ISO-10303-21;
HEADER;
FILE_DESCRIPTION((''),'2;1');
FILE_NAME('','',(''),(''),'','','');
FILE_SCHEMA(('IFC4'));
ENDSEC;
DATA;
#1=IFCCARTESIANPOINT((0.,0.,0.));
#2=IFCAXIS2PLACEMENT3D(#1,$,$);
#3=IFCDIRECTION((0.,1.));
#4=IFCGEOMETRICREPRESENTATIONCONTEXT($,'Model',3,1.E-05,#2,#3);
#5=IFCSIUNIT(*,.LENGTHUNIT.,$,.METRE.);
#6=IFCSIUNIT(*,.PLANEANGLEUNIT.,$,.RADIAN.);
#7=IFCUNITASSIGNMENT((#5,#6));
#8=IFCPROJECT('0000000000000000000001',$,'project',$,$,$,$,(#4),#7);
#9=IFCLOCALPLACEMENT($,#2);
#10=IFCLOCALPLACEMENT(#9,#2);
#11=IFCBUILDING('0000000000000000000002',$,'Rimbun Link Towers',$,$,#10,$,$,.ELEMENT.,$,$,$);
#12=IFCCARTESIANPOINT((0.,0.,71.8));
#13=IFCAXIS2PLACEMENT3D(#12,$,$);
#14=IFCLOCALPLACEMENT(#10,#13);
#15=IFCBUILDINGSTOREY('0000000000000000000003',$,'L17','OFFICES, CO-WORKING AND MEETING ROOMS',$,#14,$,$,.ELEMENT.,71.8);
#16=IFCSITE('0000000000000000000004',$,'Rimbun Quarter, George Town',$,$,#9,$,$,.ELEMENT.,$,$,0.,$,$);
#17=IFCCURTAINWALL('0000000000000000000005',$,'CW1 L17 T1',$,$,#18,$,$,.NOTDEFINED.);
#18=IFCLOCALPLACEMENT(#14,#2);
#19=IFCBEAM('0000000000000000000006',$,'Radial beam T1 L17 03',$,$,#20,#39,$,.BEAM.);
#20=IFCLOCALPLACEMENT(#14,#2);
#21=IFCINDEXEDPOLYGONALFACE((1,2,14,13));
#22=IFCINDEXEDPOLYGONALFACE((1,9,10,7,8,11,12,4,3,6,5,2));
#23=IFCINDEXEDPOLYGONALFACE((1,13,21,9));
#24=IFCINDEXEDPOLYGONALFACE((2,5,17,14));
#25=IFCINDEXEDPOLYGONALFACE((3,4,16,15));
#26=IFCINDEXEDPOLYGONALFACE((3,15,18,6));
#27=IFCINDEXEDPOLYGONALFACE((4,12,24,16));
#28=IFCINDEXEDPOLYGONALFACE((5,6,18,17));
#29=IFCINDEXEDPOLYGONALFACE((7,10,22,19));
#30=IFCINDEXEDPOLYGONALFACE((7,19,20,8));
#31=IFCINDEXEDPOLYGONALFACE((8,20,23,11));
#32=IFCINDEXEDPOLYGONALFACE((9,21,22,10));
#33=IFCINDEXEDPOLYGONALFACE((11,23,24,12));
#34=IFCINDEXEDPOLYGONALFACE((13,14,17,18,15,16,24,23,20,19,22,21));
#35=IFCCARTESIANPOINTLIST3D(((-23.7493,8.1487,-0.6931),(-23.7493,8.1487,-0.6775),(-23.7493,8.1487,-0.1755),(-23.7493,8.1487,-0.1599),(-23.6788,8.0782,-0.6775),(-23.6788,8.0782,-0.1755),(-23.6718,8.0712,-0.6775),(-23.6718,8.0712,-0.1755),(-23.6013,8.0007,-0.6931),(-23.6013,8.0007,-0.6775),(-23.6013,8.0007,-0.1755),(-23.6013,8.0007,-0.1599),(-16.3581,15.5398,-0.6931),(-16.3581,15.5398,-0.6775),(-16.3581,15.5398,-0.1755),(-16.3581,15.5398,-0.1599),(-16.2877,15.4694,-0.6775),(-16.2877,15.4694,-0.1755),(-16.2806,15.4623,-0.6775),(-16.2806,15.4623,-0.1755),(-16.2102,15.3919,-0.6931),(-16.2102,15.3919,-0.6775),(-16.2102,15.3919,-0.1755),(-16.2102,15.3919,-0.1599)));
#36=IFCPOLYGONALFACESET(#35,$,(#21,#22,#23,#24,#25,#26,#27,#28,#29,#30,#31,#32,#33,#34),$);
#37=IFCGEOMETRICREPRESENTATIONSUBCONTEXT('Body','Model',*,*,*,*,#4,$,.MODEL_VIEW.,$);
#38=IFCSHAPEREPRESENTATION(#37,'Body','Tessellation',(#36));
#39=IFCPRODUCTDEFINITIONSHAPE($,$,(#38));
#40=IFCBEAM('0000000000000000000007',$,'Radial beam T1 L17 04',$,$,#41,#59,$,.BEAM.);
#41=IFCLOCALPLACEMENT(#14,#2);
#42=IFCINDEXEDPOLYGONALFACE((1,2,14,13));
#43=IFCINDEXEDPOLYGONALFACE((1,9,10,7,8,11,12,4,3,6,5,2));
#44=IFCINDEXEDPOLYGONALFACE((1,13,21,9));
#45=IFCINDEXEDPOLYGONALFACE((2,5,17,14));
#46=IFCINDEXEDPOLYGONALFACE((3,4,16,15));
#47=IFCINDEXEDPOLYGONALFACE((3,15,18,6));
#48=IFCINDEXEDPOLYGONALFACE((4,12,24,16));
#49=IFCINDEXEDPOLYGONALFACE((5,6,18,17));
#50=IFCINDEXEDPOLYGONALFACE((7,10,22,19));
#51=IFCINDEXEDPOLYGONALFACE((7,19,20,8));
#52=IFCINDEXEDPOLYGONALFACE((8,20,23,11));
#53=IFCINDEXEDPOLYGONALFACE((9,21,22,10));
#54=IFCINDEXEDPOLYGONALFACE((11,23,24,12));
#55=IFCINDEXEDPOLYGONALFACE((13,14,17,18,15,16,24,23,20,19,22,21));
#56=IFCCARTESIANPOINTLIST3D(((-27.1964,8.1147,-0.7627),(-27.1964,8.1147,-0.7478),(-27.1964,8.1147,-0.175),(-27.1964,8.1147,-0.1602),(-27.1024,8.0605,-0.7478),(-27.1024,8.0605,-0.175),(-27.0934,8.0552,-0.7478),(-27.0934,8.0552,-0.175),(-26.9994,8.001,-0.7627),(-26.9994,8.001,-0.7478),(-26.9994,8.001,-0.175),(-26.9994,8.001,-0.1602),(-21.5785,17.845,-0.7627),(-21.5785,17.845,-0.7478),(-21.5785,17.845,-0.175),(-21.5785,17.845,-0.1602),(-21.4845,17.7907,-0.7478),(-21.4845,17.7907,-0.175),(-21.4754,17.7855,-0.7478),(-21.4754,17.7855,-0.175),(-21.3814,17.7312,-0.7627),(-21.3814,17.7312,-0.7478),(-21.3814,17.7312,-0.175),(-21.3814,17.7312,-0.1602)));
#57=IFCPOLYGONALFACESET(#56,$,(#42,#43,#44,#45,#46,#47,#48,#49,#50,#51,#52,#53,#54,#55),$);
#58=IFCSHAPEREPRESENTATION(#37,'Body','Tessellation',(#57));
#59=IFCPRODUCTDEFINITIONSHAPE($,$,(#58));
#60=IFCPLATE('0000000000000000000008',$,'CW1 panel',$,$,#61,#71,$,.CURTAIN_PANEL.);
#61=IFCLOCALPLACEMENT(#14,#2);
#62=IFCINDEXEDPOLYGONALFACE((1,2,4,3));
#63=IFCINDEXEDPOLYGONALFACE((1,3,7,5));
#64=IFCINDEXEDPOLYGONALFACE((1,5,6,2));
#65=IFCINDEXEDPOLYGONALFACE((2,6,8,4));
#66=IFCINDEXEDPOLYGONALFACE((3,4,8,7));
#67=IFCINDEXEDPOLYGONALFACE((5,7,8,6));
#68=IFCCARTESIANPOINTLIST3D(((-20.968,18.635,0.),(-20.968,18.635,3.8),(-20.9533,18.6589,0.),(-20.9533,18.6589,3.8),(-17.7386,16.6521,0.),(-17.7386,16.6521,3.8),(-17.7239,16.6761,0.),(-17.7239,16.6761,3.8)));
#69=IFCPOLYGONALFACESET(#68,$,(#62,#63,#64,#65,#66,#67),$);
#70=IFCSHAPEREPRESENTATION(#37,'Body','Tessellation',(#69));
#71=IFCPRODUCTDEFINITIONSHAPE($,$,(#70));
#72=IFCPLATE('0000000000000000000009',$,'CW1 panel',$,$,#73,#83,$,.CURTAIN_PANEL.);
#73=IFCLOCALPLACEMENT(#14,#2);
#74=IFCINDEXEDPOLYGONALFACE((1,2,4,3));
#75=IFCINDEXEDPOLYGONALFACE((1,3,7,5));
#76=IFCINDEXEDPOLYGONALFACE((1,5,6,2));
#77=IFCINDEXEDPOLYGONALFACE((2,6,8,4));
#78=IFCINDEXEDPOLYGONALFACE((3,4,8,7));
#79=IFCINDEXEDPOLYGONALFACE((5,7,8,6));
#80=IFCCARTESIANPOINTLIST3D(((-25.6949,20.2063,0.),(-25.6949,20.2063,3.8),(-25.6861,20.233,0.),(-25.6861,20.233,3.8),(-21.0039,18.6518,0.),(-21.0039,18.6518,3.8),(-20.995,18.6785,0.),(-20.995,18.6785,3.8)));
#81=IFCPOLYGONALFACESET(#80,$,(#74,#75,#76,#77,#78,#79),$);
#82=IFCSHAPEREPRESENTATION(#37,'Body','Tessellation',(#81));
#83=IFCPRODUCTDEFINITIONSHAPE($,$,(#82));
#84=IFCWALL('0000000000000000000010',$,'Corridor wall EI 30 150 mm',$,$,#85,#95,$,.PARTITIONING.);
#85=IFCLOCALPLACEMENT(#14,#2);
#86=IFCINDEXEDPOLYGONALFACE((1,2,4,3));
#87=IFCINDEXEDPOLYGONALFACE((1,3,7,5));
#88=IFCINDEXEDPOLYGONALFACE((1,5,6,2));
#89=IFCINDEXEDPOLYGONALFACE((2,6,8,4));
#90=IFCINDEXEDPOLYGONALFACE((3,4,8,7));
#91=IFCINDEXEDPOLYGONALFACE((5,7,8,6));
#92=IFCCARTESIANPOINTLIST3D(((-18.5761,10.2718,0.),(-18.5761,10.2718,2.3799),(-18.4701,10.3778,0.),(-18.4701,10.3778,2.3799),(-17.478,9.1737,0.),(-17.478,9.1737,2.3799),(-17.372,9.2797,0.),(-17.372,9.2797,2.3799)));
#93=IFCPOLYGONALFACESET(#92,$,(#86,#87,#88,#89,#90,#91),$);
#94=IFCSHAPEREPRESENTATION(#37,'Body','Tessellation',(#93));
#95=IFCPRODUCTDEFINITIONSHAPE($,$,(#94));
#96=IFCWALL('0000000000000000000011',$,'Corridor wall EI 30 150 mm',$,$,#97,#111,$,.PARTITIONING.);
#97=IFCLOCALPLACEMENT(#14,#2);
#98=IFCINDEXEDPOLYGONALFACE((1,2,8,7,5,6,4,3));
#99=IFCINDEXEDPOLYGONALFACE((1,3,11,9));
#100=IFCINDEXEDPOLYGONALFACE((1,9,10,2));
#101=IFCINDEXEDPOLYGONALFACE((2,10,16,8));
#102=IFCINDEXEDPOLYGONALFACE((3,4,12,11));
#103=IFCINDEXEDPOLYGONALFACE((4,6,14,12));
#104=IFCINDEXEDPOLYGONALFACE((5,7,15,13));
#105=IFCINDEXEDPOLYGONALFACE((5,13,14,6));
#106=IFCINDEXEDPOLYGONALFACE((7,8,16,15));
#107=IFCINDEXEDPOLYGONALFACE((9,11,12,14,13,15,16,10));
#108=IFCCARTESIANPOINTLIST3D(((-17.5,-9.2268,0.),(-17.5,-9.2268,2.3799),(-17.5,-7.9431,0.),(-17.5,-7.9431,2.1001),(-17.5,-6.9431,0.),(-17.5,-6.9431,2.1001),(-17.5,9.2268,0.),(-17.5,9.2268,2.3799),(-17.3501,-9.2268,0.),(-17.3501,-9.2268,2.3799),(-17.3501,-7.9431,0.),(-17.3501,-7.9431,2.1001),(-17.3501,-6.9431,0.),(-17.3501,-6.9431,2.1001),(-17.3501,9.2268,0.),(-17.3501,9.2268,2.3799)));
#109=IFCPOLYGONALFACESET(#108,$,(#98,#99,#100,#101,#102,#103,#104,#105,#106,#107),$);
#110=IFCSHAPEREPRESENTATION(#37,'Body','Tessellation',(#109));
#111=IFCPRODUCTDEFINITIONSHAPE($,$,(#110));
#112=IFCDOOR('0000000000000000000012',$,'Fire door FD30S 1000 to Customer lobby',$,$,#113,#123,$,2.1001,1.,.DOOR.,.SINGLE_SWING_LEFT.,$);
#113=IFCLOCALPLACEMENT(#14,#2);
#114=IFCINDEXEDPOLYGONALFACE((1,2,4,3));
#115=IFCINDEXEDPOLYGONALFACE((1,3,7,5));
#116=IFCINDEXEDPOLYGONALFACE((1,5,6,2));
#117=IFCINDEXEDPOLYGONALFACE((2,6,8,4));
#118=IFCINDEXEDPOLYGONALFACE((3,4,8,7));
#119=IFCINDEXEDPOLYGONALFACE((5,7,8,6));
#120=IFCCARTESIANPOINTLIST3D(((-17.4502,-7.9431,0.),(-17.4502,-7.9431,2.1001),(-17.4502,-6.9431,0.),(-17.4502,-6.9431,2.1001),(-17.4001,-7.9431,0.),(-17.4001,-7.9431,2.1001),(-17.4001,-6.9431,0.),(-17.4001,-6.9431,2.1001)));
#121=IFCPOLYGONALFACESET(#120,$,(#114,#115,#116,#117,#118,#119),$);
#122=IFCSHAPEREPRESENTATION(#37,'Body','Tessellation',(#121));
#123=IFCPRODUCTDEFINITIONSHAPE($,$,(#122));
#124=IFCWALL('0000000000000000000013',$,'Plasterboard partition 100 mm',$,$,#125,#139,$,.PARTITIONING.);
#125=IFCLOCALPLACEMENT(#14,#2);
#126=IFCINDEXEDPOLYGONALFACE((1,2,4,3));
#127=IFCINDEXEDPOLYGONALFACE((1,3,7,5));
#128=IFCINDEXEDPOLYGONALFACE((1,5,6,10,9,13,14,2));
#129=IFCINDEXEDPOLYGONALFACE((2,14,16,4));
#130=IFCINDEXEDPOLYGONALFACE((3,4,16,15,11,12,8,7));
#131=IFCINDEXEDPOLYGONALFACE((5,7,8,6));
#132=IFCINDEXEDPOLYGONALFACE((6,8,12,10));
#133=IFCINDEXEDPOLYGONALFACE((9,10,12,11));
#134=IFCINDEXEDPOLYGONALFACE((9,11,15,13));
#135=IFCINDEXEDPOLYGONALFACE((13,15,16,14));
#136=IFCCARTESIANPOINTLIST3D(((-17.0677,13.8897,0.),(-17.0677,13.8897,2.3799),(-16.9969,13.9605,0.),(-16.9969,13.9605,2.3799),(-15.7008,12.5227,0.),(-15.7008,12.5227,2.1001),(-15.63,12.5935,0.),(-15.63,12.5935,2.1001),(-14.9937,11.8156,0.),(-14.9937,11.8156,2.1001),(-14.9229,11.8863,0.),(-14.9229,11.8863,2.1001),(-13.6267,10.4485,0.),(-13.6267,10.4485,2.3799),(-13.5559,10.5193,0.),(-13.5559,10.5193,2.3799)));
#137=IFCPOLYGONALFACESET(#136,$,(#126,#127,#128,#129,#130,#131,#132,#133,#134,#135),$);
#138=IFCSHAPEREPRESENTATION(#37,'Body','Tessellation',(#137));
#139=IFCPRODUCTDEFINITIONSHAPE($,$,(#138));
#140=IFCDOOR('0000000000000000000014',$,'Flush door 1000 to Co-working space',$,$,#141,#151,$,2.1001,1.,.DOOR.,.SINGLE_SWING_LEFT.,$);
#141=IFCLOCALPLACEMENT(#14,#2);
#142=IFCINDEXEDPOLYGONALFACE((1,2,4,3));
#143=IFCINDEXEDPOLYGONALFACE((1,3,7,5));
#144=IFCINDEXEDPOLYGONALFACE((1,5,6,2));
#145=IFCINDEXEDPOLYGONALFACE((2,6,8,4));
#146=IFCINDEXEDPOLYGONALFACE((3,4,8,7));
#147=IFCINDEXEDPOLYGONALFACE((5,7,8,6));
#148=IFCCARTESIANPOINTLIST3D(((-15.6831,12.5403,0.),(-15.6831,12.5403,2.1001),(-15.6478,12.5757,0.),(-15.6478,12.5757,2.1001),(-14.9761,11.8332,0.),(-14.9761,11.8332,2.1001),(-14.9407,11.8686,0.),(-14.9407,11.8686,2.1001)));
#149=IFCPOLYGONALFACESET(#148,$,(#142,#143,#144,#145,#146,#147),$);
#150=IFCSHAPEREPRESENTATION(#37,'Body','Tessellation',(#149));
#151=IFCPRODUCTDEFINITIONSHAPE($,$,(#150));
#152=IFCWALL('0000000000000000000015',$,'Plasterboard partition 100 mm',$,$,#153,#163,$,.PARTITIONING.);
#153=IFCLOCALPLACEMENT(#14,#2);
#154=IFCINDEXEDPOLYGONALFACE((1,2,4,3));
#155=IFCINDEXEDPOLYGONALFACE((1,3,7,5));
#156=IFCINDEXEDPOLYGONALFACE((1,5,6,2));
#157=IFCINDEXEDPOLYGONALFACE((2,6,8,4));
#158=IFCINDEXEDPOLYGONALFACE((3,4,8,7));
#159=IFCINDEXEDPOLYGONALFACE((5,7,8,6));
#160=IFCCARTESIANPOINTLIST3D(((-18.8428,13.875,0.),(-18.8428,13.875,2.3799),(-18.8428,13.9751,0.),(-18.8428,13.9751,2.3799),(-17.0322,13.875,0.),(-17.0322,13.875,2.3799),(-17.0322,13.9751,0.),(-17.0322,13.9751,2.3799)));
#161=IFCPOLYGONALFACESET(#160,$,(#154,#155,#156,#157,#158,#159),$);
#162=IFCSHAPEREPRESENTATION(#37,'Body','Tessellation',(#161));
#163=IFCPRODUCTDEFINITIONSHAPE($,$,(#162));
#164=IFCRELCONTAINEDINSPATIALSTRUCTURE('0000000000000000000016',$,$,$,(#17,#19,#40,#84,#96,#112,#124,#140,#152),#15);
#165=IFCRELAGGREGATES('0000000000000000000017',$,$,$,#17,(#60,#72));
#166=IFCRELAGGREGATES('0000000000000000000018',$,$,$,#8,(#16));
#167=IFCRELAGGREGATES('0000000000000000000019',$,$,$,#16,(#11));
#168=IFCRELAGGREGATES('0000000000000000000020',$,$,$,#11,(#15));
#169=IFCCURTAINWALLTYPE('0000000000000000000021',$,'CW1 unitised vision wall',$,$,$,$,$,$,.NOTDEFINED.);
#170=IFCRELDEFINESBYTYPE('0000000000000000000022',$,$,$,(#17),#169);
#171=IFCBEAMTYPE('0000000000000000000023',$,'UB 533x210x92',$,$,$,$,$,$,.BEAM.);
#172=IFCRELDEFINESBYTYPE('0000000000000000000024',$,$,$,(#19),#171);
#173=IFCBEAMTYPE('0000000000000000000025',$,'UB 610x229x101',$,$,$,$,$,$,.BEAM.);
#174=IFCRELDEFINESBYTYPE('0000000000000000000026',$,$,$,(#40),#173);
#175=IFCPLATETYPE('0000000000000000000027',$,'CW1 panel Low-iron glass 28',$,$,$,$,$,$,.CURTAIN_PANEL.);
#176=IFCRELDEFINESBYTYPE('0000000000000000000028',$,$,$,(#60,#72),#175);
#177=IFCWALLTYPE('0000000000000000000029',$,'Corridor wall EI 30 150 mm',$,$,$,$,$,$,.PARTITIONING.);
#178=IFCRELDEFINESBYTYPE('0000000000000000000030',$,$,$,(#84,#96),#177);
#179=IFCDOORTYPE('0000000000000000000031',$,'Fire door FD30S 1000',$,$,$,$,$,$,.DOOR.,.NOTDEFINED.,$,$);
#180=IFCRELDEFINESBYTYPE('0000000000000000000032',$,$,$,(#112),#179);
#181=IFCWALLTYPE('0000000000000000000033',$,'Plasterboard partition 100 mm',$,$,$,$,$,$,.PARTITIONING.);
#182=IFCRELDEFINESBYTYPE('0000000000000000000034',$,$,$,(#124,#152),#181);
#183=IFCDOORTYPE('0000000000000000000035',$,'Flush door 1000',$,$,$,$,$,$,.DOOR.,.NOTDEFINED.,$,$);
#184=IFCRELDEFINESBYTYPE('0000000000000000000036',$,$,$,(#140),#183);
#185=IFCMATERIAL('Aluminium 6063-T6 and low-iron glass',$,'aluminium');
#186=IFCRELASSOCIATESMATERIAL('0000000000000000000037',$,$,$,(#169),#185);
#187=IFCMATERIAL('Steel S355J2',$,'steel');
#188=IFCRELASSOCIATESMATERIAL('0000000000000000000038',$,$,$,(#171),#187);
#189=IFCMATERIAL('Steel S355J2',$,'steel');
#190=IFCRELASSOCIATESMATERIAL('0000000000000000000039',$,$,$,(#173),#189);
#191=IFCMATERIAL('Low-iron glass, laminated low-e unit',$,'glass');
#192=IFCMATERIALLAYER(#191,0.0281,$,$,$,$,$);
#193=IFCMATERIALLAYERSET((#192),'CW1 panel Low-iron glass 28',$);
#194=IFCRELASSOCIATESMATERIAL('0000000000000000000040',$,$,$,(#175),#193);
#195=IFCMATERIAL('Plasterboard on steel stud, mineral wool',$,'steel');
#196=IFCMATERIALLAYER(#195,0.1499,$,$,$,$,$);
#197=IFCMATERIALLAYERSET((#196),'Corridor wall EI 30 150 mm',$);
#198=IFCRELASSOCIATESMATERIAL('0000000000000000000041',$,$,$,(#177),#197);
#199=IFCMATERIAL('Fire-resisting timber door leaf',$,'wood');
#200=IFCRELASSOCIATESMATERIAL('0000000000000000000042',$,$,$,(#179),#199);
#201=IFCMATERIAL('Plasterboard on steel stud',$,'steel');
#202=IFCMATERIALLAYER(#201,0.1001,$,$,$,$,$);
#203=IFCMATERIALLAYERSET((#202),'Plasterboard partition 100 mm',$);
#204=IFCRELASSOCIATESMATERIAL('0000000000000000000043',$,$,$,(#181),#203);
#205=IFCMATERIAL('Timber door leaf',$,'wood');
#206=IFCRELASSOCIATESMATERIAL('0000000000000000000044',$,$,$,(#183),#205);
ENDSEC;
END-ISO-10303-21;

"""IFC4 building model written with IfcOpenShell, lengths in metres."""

from ifc_helpers import new_model, si_unit, direction, frame, frame_2d, origin, origin_2d, place, context, subcontext, project, spatial, rectangle, i_section, extrude, material, layer, layer_set, material_profile, profile_set, type_object, element, fill, aggregate, save


model = new_model("IFC4")

# Units and contexts
model_context = context("Model", 3, precision=1e-05, world=origin(), true_north=direction((0.0, 1.0)))
body_context = subcontext(model_context, "Body", "Model", "MODEL_VIEW")
ifc_project = project(units=[si_unit("LENGTHUNIT", "METRE"), si_unit("PLANEANGLEUNIT", "RADIAN")], contexts=[model_context])

# Site, building, storey
site_placement = place(None, origin())
site = spatial("IfcSite", under=ifc_project, at=site_placement, Name="Rimbun Quarter, George Town", CompositionType="ELEMENT", RefElevation=0.0)
building_placement = place(site_placement, origin())
building = spatial("IfcBuilding", under=site, at=building_placement, Name="Rimbun Link Towers", CompositionType="ELEMENT")
storey_placement = place(building_placement, frame((0.0, 0.0, 71.8)))
storey = spatial("IfcBuildingStorey", under=building, at=storey_placement, Name="L17", Description="OFFICES, CO-WORKING AND MEETING ROOMS", CompositionType="ELEMENT", Elevation=71.8)

# Curtain wall
ifc_material_1 = material(Name="Aluminium 6063-T6 and low-iron glass", Category="aluminium")
curtain_wall_type = type_object("IfcCurtainWallType", Name="CW1 unitised vision wall", PredefinedType="NOTDEFINED", material=ifc_material_1)
curtain_wall_placement = place(storey_placement, origin())
curtain_wall = element("IfcCurtainWall", 1, at=curtain_wall_placement, inside=storey, type_object=curtain_wall_type, Name="CW1 L17 T1", PredefinedType="NOTDEFINED")

# Beams
ifc_material_2 = material(Name="Steel S355J2", Category="steel")
ifc_material_profile_1 = material_profile(ifc_material_2, i_section(OverallWidth=0.2092, OverallDepth=0.5332, WebThickness=0.01, FlangeThickness=0.0156, at=origin_2d()), Name="UB 533x210x92")
ifc_profile_set_1 = profile_set([ifc_material_profile_1], Name="Steel S355J2")
beam_type_1 = type_object("IfcBeamType", Name="UB 533x210x92", PredefinedType="BEAM", material=ifc_profile_set_1)
beam_1_placement = place(storey_placement, frame((-23.6753, 8.0747, -0.4265), z_axis=(0.707107, 0.707107, 0.0), x_axis=(-0.707107, 0.707107, 0.0)))
element("IfcBeam", 2, at=beam_1_placement, inside=storey, type_object=beam_type_1, Name="Radial beam T1 L17 03", PredefinedType="BEAM", context=body_context, shape_type="SweptSolid", body=[
    extrude(i_section(OverallWidth=0.2092, OverallDepth=0.5332, WebThickness=0.01, FlangeThickness=0.0156, at=origin_2d()), origin(), (0.0, 0.0, 1.0), 10.4526),
])
ifc_material_3 = material(Name="Steel S355J2", Category="steel")
ifc_material_profile_2 = material_profile(ifc_material_3, i_section(OverallWidth=0.2275, OverallDepth=0.6025, WebThickness=0.0105, FlangeThickness=0.0149, at=origin_2d()), Name="UB 610x229x101")
ifc_profile_set_2 = profile_set([ifc_material_profile_2], Name="Steel S355J2")
beam_type_2 = type_object("IfcBeamType", Name="UB 610x229x101", PredefinedType="BEAM", material=ifc_profile_set_2)
beam_2_placement = place(storey_placement, frame((-27.0979, 8.0579, -0.4614), z_axis=(0.500011, 0.866019, 0.0), x_axis=(-0.866019, 0.500011, 0.0)))
element("IfcBeam", 3, at=beam_2_placement, inside=storey, type_object=beam_type_2, Name="Radial beam T1 L17 04", PredefinedType="BEAM", context=body_context, shape_type="SweptSolid", body=[
    extrude(i_section(OverallWidth=0.2275, OverallDepth=0.6025, WebThickness=0.0105, FlangeThickness=0.0149, at=origin_2d()), origin(), (0.0, 0.0, 1.0), 11.2356),
])

# Plates
ifc_material_4 = material(Name="Low-iron glass, laminated low-e unit", Category="glass")
ifc_layer_1 = layer(ifc_material_4, 0.0281)
ifc_layer_set_1 = layer_set([ifc_layer_1], Name="CW1 panel Low-iron glass 28")
plate_type = type_object("IfcPlateType", Name="CW1 panel Low-iron glass 28", PredefinedType="CURTAIN_PANEL", material=ifc_layer_set_1)
plate_1_placement = place(storey_placement, frame((-19.3459, 17.6555, 0.0), z_axis=(0.0, 0.0, 1.0), x_axis=(0.852186, -0.523239, 0.0)))
plate_1 = element("IfcPlate", 4, at=plate_1_placement, type_object=plate_type, Name="CW1 panel", PredefinedType="CURTAIN_PANEL", context=body_context, shape_type="SweptSolid", body=[
    extrude(rectangle(XDim=3.7896, YDim=0.0281, at=origin_2d()), origin(), (0.0, 0.0, 1.0), 3.8),
])
plate_2_placement = place(storey_placement, frame((-23.345, 19.4424, 0.0), z_axis=(0.0, 0.0, 1.0), x_axis=(0.949239, -0.314556, 0.0)))
plate_2 = element("IfcPlate", 5, at=plate_2_placement, type_object=plate_type, Name="CW1 panel", PredefinedType="CURTAIN_PANEL", context=body_context, shape_type="SweptSolid", body=[
    extrude(rectangle(XDim=4.9419, YDim=0.0281, at=origin_2d()), origin(), (0.0, 0.0, 1.0), 3.8),
])
aggregate(curtain_wall, [plate_1, plate_2])

# Wall
ifc_material_5 = material(Name="Plasterboard on steel stud, mineral wool", Category="steel")
ifc_layer_2 = layer(ifc_material_5, 0.1499)
ifc_layer_set_2 = layer_set([ifc_layer_2], Name="Corridor wall EI 30 150 mm")
wall_type_1 = type_object("IfcWallType", Name="Corridor wall EI 30 150 mm", PredefinedType="PARTITIONING", material=ifc_layer_set_2)
wall_1_placement = place(storey_placement, frame((-17.425, 9.2268, 0.0), z_axis=(0.0, 0.0, 1.0), x_axis=(-0.707107, 0.707107, 0.0)))
element("IfcWall", 6, at=wall_1_placement, inside=storey, type_object=wall_type_1, Name="Corridor wall EI 30 150 mm", PredefinedType="PARTITIONING", context=body_context, shape_type="SweptSolid", body=[
    extrude(rectangle(XDim=1.553, YDim=0.1499, at=frame_2d((0.7764, 0.0))), origin(), (0.0, 0.0, 1.0), 2.3799),
])

# Walls, openings, doors
wall_2_placement = place(storey_placement, frame((-17.425, 9.2268, 0.0), z_axis=(0.0, 0.0, 1.0), x_axis=(0.0, -1.0, 0.0)))
wall_2 = element("IfcWall", 7, at=wall_2_placement, inside=storey, type_object=wall_type_1, Name="Corridor wall EI 30 150 mm", PredefinedType="PARTITIONING", context=body_context, shape_type="SweptSolid", body=[
    extrude(rectangle(XDim=18.4536, YDim=0.1499, at=frame_2d((9.2268, 0.0))), origin(), (0.0, 0.0, 1.0), 2.3799),
])
opening_1_placement = place(wall_2_placement, frame((16.1699, 0.0, 0.0)))
opening_1 = element("IfcOpeningElement", 8, at=opening_1_placement, cuts=wall_2, PredefinedType="OPENING", context=body_context, shape_type="SweptSolid", body=[
    extrude(rectangle(XDim=1.0, YDim=2.1001, at=frame_2d((0.5, 1.05))), frame((0.0, 0.085, 0.0), z_axis=(0.0, -1.0, 0.0), x_axis=(1.0, 0.0, 0.0)), (0.0, 0.0, 1.0), 0.1699),
])
ifc_material_6 = material(Name="Fire-resisting timber door leaf", Category="wood")
door_type_1 = type_object("IfcDoorType", Name="Fire door FD30S 1000", OperationType="NOTDEFINED", PredefinedType="DOOR", material=ifc_material_6)
door_1_placement = place(opening_1_placement, origin())
door_1 = element("IfcDoor", 9, at=door_1_placement, inside=storey, type_object=door_type_1, Name="Fire door FD30S 1000 to Customer lobby", OperationType="SINGLE_SWING_LEFT", OverallHeight=2.1001, OverallWidth=1.0, PredefinedType="DOOR", context=body_context, shape_type="SweptSolid", body=[
    extrude(rectangle(XDim=1.0, YDim=2.1001, at=frame_2d((0.5, 1.05))), frame((0.0, 0.0249, 0.0), z_axis=(0.0, -1.0, 0.0), x_axis=(1.0, 0.0, 0.0)), (0.0, 0.0, 1.0), 0.05),
])
fill(opening_1, door_1)
ifc_material_7 = material(Name="Plasterboard on steel stud", Category="steel")
ifc_layer_3 = layer(ifc_material_7, 0.1001)
ifc_layer_set_3 = layer_set([ifc_layer_3], Name="Plasterboard partition 100 mm")
wall_type_2 = type_object("IfcWallType", Name="Plasterboard partition 100 mm", PredefinedType="PARTITIONING", material=ifc_layer_set_3)
wall_3_placement = place(storey_placement, frame((-17.0322, 13.925, 0.0), z_axis=(0.0, 0.0, 1.0), x_axis=(0.707082, -0.707132, 0.0)))
wall_3 = element("IfcWall", 10, at=wall_3_placement, inside=storey, type_object=wall_type_2, Name="Plasterboard partition 100 mm", PredefinedType="PARTITIONING", context=body_context, shape_type="SweptSolid", body=[
    extrude(rectangle(XDim=4.8665, YDim=0.1001, at=frame_2d((2.4331, 0.0))), origin(), (0.0, 0.0, 1.0), 2.3799),
])
opening_2_placement = place(wall_3_placement, frame((1.9331, 0.0, 0.0)))
opening_2 = element("IfcOpeningElement", 11, at=opening_2_placement, cuts=wall_3, PredefinedType="OPENING", context=body_context, shape_type="SweptSolid", body=[
    extrude(rectangle(XDim=1.0, YDim=2.1001, at=frame_2d((0.5, 1.05))), frame((0.0, 0.0601, 0.0), z_axis=(0.0, -1.0, 0.0), x_axis=(1.0, 0.0, 0.0)), (0.0, 0.0, 1.0), 0.1201),
])
ifc_material_8 = material(Name="Timber door leaf", Category="wood")
door_type_2 = type_object("IfcDoorType", Name="Flush door 1000", OperationType="NOTDEFINED", PredefinedType="DOOR", material=ifc_material_8)
door_2_placement = place(opening_2_placement, origin())
door_2 = element("IfcDoor", 12, at=door_2_placement, inside=storey, type_object=door_type_2, Name="Flush door 1000 to Co-working space", OperationType="SINGLE_SWING_LEFT", OverallHeight=2.1001, OverallWidth=1.0, PredefinedType="DOOR", context=body_context, shape_type="SweptSolid", body=[
    extrude(rectangle(XDim=1.0, YDim=2.1001, at=frame_2d((0.5, 1.05))), frame((0.0, 0.0249, 0.0), z_axis=(0.0, -1.0, 0.0), x_axis=(1.0, 0.0, 0.0)), (0.0, 0.0, 1.0), 0.05),
])
fill(opening_2, door_2)

# Wall
wall_4_placement = place(storey_placement, frame((-17.0322, 13.925, 0.0), z_axis=(0.0, 0.0, 1.0), x_axis=(-1.0, 0.0, 0.0)))
element("IfcWall", 13, at=wall_4_placement, inside=storey, type_object=wall_type_2, Name="Plasterboard partition 100 mm", PredefinedType="PARTITIONING", context=body_context, shape_type="SweptSolid", body=[
    extrude(rectangle(XDim=1.8105, YDim=0.1001, at=frame_2d((0.9053, 0.0))), origin(), (0.0, 0.0, 1.0), 2.3799),
])

save(model, "model.ifc")
